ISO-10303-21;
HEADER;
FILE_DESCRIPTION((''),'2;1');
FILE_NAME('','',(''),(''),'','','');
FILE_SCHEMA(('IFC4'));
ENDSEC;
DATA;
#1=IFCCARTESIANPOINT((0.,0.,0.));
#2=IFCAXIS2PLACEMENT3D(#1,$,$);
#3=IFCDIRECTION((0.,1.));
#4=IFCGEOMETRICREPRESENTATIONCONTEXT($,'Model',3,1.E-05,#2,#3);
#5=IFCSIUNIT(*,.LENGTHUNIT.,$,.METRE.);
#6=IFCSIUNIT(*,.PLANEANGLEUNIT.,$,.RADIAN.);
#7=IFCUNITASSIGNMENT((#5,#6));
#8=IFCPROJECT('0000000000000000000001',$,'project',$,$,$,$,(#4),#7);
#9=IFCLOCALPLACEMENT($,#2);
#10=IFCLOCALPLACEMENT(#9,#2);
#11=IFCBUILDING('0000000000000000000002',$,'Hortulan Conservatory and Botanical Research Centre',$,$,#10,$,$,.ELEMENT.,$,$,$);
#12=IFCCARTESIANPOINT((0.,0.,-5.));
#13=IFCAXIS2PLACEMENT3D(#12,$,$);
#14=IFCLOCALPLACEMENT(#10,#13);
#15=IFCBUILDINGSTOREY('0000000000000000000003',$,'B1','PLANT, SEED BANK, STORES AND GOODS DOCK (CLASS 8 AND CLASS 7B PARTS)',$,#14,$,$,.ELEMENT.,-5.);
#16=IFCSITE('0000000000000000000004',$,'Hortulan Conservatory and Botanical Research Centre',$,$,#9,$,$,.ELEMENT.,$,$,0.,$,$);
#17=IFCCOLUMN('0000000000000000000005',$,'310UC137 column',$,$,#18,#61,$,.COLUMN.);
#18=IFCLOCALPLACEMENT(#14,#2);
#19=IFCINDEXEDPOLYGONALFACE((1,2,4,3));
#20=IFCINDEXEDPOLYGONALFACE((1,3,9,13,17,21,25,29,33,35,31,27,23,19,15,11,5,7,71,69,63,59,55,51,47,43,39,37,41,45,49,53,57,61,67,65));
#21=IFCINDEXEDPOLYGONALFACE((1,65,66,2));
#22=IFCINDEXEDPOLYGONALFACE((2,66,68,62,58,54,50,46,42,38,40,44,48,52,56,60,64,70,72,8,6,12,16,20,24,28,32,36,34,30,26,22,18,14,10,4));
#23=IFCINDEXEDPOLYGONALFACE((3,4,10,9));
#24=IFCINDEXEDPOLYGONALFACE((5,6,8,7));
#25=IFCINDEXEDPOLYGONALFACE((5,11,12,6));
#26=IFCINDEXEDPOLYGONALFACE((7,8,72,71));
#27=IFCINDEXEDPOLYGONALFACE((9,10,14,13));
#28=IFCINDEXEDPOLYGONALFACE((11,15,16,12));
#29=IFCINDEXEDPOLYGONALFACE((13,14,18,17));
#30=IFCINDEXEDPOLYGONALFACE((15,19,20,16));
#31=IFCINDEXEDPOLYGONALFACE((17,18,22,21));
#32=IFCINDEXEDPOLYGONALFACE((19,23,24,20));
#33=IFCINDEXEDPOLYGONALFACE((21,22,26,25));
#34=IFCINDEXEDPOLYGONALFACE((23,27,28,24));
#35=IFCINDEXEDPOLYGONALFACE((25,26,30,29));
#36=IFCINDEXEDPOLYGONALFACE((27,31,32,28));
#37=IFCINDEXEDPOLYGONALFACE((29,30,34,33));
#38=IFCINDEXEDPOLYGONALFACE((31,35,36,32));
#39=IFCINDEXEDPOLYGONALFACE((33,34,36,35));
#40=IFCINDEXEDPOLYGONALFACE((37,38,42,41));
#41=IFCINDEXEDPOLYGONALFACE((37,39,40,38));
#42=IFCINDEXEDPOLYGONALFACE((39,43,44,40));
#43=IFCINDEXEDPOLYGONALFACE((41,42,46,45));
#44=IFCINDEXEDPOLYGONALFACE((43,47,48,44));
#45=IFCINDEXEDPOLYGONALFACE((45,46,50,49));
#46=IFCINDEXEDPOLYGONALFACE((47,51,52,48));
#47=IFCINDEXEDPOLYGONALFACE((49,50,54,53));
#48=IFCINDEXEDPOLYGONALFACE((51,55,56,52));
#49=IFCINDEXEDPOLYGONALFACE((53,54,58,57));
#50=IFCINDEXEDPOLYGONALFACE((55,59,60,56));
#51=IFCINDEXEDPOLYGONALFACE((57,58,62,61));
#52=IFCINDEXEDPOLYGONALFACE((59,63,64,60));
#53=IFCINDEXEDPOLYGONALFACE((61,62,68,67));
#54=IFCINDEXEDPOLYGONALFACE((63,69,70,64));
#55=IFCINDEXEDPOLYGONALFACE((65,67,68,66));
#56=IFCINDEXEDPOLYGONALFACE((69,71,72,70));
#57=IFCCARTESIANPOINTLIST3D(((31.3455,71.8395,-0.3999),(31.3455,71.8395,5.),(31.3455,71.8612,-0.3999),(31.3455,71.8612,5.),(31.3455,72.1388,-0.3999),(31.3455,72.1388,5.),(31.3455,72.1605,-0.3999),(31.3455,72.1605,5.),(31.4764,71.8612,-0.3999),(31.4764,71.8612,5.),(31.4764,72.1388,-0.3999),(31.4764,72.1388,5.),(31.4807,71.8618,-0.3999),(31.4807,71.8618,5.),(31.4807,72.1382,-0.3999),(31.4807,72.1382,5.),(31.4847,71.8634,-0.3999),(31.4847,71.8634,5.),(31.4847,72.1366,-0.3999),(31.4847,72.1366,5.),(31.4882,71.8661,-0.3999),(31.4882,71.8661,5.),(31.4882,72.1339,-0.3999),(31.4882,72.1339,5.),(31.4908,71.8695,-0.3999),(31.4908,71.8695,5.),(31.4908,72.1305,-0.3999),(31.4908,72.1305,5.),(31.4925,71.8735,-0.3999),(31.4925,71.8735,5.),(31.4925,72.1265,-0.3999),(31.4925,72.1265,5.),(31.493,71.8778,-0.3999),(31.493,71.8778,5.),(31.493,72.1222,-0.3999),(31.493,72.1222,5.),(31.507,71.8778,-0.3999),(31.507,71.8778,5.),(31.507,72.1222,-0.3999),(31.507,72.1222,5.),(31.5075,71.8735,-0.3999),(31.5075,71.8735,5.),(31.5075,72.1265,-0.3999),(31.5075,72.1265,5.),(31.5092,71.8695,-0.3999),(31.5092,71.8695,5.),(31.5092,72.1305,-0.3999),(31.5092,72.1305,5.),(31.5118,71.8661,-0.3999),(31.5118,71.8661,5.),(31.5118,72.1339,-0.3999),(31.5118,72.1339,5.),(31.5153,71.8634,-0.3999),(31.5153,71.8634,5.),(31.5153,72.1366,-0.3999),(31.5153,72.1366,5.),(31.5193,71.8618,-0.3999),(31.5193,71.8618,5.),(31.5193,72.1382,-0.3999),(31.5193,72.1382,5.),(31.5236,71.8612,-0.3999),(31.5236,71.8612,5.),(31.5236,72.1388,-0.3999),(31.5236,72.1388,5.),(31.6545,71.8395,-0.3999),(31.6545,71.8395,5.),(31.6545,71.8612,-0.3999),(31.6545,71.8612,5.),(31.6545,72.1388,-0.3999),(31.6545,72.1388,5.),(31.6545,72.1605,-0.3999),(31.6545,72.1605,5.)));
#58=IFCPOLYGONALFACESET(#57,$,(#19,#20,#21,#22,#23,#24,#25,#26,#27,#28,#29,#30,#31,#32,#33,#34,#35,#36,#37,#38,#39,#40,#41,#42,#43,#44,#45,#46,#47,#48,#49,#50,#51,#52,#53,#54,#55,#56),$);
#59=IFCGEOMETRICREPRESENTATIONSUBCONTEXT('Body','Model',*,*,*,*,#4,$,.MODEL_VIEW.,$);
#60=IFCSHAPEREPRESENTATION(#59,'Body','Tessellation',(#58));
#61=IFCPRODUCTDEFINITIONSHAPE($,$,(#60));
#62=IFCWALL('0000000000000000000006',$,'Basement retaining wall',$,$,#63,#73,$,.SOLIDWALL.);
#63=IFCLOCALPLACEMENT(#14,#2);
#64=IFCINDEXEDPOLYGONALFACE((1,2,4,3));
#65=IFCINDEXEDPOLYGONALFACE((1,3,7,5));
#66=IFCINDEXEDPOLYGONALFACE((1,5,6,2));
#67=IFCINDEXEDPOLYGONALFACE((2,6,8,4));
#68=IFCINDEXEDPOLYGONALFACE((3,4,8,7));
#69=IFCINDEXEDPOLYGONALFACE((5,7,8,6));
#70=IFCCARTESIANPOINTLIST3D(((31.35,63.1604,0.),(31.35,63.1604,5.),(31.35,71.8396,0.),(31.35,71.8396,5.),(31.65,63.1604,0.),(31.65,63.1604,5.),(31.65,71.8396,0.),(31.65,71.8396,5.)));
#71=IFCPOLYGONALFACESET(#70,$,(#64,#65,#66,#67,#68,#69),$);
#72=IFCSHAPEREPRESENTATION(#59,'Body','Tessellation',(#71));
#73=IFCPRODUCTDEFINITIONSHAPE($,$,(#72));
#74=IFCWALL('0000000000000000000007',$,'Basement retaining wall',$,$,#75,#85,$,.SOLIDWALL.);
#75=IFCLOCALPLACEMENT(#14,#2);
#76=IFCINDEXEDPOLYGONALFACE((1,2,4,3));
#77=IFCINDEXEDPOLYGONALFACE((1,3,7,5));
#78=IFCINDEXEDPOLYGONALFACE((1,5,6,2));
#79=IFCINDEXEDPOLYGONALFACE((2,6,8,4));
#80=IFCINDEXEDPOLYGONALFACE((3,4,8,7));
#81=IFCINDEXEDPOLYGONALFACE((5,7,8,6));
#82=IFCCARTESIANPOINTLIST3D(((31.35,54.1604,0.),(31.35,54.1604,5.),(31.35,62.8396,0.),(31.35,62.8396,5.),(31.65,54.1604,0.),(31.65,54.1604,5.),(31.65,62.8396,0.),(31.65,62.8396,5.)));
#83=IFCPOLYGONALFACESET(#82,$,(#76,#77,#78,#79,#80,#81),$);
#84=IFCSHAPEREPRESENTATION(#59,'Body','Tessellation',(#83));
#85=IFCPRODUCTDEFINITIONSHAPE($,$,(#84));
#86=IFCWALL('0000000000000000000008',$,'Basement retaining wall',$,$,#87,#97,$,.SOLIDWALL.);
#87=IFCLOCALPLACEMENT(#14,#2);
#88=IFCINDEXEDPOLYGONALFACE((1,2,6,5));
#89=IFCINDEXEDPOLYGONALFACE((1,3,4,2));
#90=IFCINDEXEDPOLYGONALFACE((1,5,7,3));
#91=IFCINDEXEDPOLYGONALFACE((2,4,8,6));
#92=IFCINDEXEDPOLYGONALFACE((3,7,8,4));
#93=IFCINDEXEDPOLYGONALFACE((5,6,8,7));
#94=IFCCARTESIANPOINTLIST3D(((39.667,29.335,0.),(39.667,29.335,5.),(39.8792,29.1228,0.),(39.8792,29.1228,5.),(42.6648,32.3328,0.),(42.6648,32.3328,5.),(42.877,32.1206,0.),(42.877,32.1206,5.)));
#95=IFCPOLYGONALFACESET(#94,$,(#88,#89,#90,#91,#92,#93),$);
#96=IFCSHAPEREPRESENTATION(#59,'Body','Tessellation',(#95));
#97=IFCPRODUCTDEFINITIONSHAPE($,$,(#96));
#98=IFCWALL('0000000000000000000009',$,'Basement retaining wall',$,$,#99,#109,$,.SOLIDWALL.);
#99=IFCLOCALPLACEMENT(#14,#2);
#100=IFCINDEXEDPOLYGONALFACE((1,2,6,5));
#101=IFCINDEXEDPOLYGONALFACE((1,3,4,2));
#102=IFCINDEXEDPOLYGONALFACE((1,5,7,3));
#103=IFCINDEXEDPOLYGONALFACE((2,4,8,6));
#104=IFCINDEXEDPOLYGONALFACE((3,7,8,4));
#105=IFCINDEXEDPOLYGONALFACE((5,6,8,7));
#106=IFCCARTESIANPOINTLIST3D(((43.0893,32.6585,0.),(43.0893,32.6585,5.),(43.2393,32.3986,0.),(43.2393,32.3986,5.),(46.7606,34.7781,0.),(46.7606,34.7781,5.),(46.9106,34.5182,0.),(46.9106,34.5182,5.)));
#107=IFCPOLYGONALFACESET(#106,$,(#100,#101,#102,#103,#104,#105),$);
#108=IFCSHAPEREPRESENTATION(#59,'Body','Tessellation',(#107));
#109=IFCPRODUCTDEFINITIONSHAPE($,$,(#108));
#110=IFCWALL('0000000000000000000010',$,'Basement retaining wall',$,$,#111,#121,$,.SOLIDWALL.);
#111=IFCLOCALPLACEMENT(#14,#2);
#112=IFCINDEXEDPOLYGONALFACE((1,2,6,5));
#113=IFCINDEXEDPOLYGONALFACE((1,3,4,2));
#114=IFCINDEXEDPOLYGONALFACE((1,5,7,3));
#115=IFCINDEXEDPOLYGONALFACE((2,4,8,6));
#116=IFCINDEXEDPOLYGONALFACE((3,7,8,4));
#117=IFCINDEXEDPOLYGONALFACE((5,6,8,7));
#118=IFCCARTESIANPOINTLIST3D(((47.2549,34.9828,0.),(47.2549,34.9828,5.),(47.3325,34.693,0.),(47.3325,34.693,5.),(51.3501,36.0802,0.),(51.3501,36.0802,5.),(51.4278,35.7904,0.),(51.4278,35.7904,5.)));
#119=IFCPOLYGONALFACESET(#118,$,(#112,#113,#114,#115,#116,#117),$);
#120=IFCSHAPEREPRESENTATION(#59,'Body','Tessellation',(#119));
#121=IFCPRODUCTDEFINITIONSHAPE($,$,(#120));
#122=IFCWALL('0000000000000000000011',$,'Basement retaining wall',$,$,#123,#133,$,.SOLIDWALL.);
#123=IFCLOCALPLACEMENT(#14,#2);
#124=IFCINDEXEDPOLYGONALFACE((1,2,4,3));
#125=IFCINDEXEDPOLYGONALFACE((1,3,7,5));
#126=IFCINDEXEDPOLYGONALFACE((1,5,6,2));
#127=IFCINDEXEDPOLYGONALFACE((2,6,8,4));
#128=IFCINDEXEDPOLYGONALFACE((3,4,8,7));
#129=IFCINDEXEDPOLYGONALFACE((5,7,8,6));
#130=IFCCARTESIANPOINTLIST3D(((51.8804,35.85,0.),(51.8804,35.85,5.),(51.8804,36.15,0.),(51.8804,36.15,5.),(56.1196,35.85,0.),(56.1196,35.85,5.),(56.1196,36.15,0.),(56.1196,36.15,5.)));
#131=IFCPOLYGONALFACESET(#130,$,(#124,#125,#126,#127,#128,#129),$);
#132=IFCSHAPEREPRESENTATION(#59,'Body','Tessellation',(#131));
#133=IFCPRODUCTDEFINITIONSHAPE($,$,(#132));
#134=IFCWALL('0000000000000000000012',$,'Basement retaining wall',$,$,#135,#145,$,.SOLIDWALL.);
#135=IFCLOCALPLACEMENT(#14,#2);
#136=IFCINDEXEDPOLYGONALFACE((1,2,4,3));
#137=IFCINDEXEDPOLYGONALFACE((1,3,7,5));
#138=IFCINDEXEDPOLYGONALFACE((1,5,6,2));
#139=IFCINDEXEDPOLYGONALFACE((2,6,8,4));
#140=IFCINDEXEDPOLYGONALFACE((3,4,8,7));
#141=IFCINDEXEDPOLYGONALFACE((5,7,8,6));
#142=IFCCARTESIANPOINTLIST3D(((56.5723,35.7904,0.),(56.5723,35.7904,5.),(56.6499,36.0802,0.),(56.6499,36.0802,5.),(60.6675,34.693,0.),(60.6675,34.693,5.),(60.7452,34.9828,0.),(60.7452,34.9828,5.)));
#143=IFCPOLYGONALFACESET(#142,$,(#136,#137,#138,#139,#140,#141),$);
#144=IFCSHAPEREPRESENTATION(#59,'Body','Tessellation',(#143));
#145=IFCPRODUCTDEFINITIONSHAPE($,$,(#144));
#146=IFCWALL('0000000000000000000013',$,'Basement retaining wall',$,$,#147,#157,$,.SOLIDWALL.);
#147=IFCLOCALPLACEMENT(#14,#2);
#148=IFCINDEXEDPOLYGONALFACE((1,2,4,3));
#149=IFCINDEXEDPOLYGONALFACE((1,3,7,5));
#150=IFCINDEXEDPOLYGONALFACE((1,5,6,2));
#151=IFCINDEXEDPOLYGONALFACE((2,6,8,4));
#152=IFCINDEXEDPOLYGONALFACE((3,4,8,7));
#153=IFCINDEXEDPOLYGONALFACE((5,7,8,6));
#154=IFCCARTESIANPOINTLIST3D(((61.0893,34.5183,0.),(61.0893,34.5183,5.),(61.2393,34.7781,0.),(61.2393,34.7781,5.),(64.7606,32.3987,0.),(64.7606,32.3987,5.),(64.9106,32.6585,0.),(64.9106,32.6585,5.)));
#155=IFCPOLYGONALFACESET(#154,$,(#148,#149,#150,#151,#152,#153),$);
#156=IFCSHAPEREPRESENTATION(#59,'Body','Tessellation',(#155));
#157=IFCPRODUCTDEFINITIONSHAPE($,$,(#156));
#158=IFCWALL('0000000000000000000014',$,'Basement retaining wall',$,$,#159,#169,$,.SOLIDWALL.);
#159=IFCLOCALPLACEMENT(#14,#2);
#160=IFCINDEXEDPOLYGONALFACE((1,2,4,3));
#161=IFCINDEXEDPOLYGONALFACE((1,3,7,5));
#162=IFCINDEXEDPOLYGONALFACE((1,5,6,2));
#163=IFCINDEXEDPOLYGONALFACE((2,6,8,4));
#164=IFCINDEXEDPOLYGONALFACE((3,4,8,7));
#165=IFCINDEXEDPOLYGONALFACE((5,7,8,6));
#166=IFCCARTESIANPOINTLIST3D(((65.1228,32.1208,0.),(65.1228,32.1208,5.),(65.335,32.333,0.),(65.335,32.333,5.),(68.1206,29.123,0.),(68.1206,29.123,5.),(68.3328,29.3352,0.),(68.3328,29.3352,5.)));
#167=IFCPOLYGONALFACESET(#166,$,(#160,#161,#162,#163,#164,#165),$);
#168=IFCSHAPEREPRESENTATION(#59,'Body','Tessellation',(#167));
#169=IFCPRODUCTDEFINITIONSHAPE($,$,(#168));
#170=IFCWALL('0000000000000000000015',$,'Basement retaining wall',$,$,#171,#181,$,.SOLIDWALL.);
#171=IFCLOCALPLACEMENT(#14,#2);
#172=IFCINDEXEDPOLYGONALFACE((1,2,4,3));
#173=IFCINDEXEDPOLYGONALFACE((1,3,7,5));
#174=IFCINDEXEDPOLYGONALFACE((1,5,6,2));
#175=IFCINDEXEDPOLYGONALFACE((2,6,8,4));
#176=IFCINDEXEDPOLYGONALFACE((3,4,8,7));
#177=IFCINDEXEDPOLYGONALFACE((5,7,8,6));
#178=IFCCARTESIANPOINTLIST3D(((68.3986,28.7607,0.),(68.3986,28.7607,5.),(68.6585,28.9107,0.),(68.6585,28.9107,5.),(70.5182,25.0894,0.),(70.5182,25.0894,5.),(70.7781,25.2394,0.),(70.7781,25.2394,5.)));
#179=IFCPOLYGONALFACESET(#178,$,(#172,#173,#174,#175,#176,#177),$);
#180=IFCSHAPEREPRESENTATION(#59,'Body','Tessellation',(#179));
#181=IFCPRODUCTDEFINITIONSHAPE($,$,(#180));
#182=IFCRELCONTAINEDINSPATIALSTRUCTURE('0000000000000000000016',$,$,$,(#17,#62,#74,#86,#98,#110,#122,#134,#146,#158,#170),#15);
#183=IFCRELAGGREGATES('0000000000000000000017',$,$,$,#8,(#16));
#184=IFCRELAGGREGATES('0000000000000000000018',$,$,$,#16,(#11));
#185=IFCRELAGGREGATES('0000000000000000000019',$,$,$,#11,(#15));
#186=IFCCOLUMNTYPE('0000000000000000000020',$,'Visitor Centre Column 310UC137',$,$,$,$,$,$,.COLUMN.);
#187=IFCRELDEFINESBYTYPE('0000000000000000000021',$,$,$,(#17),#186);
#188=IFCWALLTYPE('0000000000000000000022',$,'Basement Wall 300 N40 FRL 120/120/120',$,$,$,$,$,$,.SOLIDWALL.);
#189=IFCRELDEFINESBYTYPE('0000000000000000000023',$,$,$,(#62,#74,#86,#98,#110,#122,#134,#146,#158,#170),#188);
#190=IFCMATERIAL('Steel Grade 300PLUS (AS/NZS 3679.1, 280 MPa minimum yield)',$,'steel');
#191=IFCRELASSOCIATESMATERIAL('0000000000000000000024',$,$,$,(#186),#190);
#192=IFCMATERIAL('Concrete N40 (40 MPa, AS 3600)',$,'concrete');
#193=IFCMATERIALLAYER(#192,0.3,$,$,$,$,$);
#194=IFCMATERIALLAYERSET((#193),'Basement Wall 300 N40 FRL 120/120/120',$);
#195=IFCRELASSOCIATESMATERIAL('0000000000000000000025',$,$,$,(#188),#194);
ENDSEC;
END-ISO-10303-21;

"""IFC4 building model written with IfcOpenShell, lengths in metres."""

from ifc_helpers import new_model, si_unit, direction, frame, frame_2d, origin, origin_2d, place, context, subcontext, project, spatial, rectangle, i_section, extrude, material, layer, layer_set, material_profile, profile_set, type_object, element, save


model = new_model("IFC4")

# Units and contexts
model_context = context("Model", 3, precision=1e-05, world=origin(), true_north=direction((0.0, 1.0)))
body_context = subcontext(model_context, "Body", "Model", "MODEL_VIEW")
ifc_project = project(units=[si_unit("LENGTHUNIT", "METRE"), si_unit("PLANEANGLEUNIT", "RADIAN")], contexts=[model_context])

# Site, building, storey
site_placement = place(None, origin())
site = spatial("IfcSite", under=ifc_project, at=site_placement, Name="Hortulan Conservatory and Botanical Research Centre", CompositionType="ELEMENT", RefElevation=0.0)
building_placement = place(site_placement, origin())
building = spatial("IfcBuilding", under=site, at=building_placement, Name="Hortulan Conservatory and Botanical Research Centre", CompositionType="ELEMENT")
storey_placement = place(building_placement, frame((0.0, 0.0, -5.0)))
storey = spatial("IfcBuildingStorey", under=building, at=storey_placement, Name="B1", Description="PLANT, SEED BANK, STORES AND GOODS DOCK (CLASS 8 AND CLASS 7B PARTS)", CompositionType="ELEMENT", Elevation=-5.0)

# Shared definitions
ifc_material_1 = material(Name="Concrete N40 (40 MPa, AS 3600)", Category="concrete")

# Column
ifc_material_2 = material(Name="Steel Grade 300PLUS (AS/NZS 3679.1, 280 MPa minimum yield)", Category="steel")
ifc_material_profile_1 = material_profile(ifc_material_2, i_section(OverallWidth=0.3091, OverallDepth=0.321, WebThickness=0.0139, FlangeThickness=0.0217, FilletRadius=0.0166, at=origin_2d()), Name="310UC137")
ifc_profile_set_1 = profile_set([ifc_material_profile_1], Name="Steel Grade 300PLUS (AS/NZS 3679.1, 280 MPa minimum yield)")
column_type_1 = type_object("IfcColumnType", Name="Visitor Centre Column 310UC137", PredefinedType="COLUMN", material=ifc_profile_set_1)
for number, where, z_axis, x_axis, name in (
    (1, (31.5, 72.0, -0.3999), (0.0, 0.0, 1.0), (1.0, 0.0, 0.0), "310UC137 column"),
):
    element("IfcColumn", number, at=place(storey_placement, frame(where, z_axis=z_axis, x_axis=x_axis)), inside=storey, type_object=column_type_1, Name=name, PredefinedType="COLUMN", context=body_context, shape_type="SweptSolid", body=[
        extrude(i_section(OverallWidth=0.3091, OverallDepth=0.321, WebThickness=0.0139, FlangeThickness=0.0217, FilletRadius=0.0166, at=origin_2d()), origin(), (0.0, 0.0, 1.0), 5.3999),
    ])

# Walls
ifc_layer = layer(ifc_material_1, 0.3)
ifc_layer_set = layer_set([ifc_layer], Name="Basement Wall 300 N40 FRL 120/120/120")
wall_type = type_object("IfcWallType", Name="Basement Wall 300 N40 FRL 120/120/120", PredefinedType="SOLIDWALL", material=ifc_layer_set)
for number, where, z_axis, x_axis, name in (
    (2, (31.5, 71.8396, 0.0), (0.0, 0.0, 1.0), (0.0, -1.0, 0.0), "Basement retaining wall"),
    (3, (31.5, 62.8396, 0.0), (0.0, 0.0, 1.0), (0.0, -1.0, 0.0), "Basement retaining wall"),
):
    element("IfcWall", number, at=place(storey_placement, frame(where, z_axis=z_axis, x_axis=x_axis)), inside=storey, type_object=wall_type, Name=name, PredefinedType="SOLIDWALL", context=body_context, shape_type="SweptSolid", body=[
        extrude(rectangle(XDim=8.6792, YDim=0.3, at=frame_2d((4.3396, 0.0))), origin(), (0.0, 0.0, 1.0), 5.0),
    ])
wall_1_placement = place(storey_placement, frame((39.7732, 29.229, 0.0), z_axis=(0.0, 0.0, 1.0), x_axis=(0.707107, 0.707107, 0.0)))
element("IfcWall", 4, at=wall_1_placement, inside=storey, type_object=wall_type, Name="Basement retaining wall", PredefinedType="SOLIDWALL", context=body_context, shape_type="SweptSolid", body=[
    extrude(rectangle(XDim=4.2395, YDim=0.3, at=frame_2d((2.1196, 0.0))), origin(), (0.0, 0.0, 1.0), 5.0),
])
wall_2_placement = place(storey_placement, frame((43.1643, 32.5286, 0.0), z_axis=(0.0, 0.0, 1.0), x_axis=(0.86603, 0.499992, 0.0)))
element("IfcWall", 5, at=wall_2_placement, inside=storey, type_object=wall_type, Name="Basement retaining wall", PredefinedType="SOLIDWALL", context=body_context, shape_type="SweptSolid", body=[
    extrude(rectangle(XDim=4.2393, YDim=0.3, at=frame_2d((2.1196, 0.0))), origin(), (0.0, 0.0, 1.0), 5.0),
])
wall_3_placement = place(storey_placement, frame((47.2937, 34.8379, 0.0), z_axis=(0.0, 0.0, 1.0), x_axis=(0.96592, 0.258842, 0.0)))
element("IfcWall", 6, at=wall_3_placement, inside=storey, type_object=wall_type, Name="Basement retaining wall", PredefinedType="SOLIDWALL", context=body_context, shape_type="SweptSolid", body=[
    extrude(rectangle(XDim=4.2397, YDim=0.3, at=frame_2d((2.1199, 0.0))), origin(), (0.0, 0.0, 1.0), 5.0),
])
wall_4_placement = place(storey_placement, frame((51.8804, 36.0, 0.0), z_axis=(0.0, 0.0, 1.0), x_axis=(1.0, 0.0, 0.0)))
element("IfcWall", 7, at=wall_4_placement, inside=storey, type_object=wall_type, Name="Basement retaining wall", PredefinedType="SOLIDWALL", context=body_context, shape_type="SweptSolid", body=[
    extrude(rectangle(XDim=4.2393, YDim=0.3, at=frame_2d((2.1196, 0.0))), origin(), (0.0, 0.0, 1.0), 5.0),
])
wall_5_placement = place(storey_placement, frame((56.6111, 35.9353, 0.0), z_axis=(0.0, 0.0, 1.0), x_axis=(0.96592, -0.258842, 0.0)))
element("IfcWall", 8, at=wall_5_placement, inside=storey, type_object=wall_type, Name="Basement retaining wall", PredefinedType="SOLIDWALL", context=body_context, shape_type="SweptSolid", body=[
    extrude(rectangle(XDim=4.2397, YDim=0.3, at=frame_2d((2.1199, 0.0))), origin(), (0.0, 0.0, 1.0), 5.0),
])
wall_6_placement = place(storey_placement, frame((61.1643, 34.6482, 0.0), z_axis=(0.0, 0.0, 1.0), x_axis=(0.86603, -0.499992, 0.0)))
element("IfcWall", 9, at=wall_6_placement, inside=storey, type_object=wall_type, Name="Basement retaining wall", PredefinedType="SOLIDWALL", context=body_context, shape_type="SweptSolid", body=[
    extrude(rectangle(XDim=4.2393, YDim=0.3, at=frame_2d((2.1196, 0.0))), origin(), (0.0, 0.0, 1.0), 5.0),
])
wall_7_placement = place(storey_placement, frame((65.229, 32.2268, 0.0), z_axis=(0.0, 0.0, 1.0), x_axis=(0.707107, -0.707107, 0.0)))
element("IfcWall", 10, at=wall_7_placement, inside=storey, type_object=wall_type, Name="Basement retaining wall", PredefinedType="SOLIDWALL", context=body_context, shape_type="SweptSolid", body=[
    extrude(rectangle(XDim=4.2395, YDim=0.3, at=frame_2d((2.1196, 0.0))), origin(), (0.0, 0.0, 1.0), 5.0),
])
wall_8_placement = place(storey_placement, frame((68.5286, 28.8357, 0.0), z_axis=(0.0, 0.0, 1.0), x_axis=(0.499992, -0.86603, 0.0)))
element("IfcWall", 11, at=wall_8_placement, inside=storey, type_object=wall_type, Name="Basement retaining wall", PredefinedType="SOLIDWALL", context=body_context, shape_type="SweptSolid", body=[
    extrude(rectangle(XDim=4.2393, YDim=0.3, at=frame_2d((2.1196, 0.0))), origin(), (0.0, 0.0, 1.0), 5.0),
])

save(model, "model.ifc")
